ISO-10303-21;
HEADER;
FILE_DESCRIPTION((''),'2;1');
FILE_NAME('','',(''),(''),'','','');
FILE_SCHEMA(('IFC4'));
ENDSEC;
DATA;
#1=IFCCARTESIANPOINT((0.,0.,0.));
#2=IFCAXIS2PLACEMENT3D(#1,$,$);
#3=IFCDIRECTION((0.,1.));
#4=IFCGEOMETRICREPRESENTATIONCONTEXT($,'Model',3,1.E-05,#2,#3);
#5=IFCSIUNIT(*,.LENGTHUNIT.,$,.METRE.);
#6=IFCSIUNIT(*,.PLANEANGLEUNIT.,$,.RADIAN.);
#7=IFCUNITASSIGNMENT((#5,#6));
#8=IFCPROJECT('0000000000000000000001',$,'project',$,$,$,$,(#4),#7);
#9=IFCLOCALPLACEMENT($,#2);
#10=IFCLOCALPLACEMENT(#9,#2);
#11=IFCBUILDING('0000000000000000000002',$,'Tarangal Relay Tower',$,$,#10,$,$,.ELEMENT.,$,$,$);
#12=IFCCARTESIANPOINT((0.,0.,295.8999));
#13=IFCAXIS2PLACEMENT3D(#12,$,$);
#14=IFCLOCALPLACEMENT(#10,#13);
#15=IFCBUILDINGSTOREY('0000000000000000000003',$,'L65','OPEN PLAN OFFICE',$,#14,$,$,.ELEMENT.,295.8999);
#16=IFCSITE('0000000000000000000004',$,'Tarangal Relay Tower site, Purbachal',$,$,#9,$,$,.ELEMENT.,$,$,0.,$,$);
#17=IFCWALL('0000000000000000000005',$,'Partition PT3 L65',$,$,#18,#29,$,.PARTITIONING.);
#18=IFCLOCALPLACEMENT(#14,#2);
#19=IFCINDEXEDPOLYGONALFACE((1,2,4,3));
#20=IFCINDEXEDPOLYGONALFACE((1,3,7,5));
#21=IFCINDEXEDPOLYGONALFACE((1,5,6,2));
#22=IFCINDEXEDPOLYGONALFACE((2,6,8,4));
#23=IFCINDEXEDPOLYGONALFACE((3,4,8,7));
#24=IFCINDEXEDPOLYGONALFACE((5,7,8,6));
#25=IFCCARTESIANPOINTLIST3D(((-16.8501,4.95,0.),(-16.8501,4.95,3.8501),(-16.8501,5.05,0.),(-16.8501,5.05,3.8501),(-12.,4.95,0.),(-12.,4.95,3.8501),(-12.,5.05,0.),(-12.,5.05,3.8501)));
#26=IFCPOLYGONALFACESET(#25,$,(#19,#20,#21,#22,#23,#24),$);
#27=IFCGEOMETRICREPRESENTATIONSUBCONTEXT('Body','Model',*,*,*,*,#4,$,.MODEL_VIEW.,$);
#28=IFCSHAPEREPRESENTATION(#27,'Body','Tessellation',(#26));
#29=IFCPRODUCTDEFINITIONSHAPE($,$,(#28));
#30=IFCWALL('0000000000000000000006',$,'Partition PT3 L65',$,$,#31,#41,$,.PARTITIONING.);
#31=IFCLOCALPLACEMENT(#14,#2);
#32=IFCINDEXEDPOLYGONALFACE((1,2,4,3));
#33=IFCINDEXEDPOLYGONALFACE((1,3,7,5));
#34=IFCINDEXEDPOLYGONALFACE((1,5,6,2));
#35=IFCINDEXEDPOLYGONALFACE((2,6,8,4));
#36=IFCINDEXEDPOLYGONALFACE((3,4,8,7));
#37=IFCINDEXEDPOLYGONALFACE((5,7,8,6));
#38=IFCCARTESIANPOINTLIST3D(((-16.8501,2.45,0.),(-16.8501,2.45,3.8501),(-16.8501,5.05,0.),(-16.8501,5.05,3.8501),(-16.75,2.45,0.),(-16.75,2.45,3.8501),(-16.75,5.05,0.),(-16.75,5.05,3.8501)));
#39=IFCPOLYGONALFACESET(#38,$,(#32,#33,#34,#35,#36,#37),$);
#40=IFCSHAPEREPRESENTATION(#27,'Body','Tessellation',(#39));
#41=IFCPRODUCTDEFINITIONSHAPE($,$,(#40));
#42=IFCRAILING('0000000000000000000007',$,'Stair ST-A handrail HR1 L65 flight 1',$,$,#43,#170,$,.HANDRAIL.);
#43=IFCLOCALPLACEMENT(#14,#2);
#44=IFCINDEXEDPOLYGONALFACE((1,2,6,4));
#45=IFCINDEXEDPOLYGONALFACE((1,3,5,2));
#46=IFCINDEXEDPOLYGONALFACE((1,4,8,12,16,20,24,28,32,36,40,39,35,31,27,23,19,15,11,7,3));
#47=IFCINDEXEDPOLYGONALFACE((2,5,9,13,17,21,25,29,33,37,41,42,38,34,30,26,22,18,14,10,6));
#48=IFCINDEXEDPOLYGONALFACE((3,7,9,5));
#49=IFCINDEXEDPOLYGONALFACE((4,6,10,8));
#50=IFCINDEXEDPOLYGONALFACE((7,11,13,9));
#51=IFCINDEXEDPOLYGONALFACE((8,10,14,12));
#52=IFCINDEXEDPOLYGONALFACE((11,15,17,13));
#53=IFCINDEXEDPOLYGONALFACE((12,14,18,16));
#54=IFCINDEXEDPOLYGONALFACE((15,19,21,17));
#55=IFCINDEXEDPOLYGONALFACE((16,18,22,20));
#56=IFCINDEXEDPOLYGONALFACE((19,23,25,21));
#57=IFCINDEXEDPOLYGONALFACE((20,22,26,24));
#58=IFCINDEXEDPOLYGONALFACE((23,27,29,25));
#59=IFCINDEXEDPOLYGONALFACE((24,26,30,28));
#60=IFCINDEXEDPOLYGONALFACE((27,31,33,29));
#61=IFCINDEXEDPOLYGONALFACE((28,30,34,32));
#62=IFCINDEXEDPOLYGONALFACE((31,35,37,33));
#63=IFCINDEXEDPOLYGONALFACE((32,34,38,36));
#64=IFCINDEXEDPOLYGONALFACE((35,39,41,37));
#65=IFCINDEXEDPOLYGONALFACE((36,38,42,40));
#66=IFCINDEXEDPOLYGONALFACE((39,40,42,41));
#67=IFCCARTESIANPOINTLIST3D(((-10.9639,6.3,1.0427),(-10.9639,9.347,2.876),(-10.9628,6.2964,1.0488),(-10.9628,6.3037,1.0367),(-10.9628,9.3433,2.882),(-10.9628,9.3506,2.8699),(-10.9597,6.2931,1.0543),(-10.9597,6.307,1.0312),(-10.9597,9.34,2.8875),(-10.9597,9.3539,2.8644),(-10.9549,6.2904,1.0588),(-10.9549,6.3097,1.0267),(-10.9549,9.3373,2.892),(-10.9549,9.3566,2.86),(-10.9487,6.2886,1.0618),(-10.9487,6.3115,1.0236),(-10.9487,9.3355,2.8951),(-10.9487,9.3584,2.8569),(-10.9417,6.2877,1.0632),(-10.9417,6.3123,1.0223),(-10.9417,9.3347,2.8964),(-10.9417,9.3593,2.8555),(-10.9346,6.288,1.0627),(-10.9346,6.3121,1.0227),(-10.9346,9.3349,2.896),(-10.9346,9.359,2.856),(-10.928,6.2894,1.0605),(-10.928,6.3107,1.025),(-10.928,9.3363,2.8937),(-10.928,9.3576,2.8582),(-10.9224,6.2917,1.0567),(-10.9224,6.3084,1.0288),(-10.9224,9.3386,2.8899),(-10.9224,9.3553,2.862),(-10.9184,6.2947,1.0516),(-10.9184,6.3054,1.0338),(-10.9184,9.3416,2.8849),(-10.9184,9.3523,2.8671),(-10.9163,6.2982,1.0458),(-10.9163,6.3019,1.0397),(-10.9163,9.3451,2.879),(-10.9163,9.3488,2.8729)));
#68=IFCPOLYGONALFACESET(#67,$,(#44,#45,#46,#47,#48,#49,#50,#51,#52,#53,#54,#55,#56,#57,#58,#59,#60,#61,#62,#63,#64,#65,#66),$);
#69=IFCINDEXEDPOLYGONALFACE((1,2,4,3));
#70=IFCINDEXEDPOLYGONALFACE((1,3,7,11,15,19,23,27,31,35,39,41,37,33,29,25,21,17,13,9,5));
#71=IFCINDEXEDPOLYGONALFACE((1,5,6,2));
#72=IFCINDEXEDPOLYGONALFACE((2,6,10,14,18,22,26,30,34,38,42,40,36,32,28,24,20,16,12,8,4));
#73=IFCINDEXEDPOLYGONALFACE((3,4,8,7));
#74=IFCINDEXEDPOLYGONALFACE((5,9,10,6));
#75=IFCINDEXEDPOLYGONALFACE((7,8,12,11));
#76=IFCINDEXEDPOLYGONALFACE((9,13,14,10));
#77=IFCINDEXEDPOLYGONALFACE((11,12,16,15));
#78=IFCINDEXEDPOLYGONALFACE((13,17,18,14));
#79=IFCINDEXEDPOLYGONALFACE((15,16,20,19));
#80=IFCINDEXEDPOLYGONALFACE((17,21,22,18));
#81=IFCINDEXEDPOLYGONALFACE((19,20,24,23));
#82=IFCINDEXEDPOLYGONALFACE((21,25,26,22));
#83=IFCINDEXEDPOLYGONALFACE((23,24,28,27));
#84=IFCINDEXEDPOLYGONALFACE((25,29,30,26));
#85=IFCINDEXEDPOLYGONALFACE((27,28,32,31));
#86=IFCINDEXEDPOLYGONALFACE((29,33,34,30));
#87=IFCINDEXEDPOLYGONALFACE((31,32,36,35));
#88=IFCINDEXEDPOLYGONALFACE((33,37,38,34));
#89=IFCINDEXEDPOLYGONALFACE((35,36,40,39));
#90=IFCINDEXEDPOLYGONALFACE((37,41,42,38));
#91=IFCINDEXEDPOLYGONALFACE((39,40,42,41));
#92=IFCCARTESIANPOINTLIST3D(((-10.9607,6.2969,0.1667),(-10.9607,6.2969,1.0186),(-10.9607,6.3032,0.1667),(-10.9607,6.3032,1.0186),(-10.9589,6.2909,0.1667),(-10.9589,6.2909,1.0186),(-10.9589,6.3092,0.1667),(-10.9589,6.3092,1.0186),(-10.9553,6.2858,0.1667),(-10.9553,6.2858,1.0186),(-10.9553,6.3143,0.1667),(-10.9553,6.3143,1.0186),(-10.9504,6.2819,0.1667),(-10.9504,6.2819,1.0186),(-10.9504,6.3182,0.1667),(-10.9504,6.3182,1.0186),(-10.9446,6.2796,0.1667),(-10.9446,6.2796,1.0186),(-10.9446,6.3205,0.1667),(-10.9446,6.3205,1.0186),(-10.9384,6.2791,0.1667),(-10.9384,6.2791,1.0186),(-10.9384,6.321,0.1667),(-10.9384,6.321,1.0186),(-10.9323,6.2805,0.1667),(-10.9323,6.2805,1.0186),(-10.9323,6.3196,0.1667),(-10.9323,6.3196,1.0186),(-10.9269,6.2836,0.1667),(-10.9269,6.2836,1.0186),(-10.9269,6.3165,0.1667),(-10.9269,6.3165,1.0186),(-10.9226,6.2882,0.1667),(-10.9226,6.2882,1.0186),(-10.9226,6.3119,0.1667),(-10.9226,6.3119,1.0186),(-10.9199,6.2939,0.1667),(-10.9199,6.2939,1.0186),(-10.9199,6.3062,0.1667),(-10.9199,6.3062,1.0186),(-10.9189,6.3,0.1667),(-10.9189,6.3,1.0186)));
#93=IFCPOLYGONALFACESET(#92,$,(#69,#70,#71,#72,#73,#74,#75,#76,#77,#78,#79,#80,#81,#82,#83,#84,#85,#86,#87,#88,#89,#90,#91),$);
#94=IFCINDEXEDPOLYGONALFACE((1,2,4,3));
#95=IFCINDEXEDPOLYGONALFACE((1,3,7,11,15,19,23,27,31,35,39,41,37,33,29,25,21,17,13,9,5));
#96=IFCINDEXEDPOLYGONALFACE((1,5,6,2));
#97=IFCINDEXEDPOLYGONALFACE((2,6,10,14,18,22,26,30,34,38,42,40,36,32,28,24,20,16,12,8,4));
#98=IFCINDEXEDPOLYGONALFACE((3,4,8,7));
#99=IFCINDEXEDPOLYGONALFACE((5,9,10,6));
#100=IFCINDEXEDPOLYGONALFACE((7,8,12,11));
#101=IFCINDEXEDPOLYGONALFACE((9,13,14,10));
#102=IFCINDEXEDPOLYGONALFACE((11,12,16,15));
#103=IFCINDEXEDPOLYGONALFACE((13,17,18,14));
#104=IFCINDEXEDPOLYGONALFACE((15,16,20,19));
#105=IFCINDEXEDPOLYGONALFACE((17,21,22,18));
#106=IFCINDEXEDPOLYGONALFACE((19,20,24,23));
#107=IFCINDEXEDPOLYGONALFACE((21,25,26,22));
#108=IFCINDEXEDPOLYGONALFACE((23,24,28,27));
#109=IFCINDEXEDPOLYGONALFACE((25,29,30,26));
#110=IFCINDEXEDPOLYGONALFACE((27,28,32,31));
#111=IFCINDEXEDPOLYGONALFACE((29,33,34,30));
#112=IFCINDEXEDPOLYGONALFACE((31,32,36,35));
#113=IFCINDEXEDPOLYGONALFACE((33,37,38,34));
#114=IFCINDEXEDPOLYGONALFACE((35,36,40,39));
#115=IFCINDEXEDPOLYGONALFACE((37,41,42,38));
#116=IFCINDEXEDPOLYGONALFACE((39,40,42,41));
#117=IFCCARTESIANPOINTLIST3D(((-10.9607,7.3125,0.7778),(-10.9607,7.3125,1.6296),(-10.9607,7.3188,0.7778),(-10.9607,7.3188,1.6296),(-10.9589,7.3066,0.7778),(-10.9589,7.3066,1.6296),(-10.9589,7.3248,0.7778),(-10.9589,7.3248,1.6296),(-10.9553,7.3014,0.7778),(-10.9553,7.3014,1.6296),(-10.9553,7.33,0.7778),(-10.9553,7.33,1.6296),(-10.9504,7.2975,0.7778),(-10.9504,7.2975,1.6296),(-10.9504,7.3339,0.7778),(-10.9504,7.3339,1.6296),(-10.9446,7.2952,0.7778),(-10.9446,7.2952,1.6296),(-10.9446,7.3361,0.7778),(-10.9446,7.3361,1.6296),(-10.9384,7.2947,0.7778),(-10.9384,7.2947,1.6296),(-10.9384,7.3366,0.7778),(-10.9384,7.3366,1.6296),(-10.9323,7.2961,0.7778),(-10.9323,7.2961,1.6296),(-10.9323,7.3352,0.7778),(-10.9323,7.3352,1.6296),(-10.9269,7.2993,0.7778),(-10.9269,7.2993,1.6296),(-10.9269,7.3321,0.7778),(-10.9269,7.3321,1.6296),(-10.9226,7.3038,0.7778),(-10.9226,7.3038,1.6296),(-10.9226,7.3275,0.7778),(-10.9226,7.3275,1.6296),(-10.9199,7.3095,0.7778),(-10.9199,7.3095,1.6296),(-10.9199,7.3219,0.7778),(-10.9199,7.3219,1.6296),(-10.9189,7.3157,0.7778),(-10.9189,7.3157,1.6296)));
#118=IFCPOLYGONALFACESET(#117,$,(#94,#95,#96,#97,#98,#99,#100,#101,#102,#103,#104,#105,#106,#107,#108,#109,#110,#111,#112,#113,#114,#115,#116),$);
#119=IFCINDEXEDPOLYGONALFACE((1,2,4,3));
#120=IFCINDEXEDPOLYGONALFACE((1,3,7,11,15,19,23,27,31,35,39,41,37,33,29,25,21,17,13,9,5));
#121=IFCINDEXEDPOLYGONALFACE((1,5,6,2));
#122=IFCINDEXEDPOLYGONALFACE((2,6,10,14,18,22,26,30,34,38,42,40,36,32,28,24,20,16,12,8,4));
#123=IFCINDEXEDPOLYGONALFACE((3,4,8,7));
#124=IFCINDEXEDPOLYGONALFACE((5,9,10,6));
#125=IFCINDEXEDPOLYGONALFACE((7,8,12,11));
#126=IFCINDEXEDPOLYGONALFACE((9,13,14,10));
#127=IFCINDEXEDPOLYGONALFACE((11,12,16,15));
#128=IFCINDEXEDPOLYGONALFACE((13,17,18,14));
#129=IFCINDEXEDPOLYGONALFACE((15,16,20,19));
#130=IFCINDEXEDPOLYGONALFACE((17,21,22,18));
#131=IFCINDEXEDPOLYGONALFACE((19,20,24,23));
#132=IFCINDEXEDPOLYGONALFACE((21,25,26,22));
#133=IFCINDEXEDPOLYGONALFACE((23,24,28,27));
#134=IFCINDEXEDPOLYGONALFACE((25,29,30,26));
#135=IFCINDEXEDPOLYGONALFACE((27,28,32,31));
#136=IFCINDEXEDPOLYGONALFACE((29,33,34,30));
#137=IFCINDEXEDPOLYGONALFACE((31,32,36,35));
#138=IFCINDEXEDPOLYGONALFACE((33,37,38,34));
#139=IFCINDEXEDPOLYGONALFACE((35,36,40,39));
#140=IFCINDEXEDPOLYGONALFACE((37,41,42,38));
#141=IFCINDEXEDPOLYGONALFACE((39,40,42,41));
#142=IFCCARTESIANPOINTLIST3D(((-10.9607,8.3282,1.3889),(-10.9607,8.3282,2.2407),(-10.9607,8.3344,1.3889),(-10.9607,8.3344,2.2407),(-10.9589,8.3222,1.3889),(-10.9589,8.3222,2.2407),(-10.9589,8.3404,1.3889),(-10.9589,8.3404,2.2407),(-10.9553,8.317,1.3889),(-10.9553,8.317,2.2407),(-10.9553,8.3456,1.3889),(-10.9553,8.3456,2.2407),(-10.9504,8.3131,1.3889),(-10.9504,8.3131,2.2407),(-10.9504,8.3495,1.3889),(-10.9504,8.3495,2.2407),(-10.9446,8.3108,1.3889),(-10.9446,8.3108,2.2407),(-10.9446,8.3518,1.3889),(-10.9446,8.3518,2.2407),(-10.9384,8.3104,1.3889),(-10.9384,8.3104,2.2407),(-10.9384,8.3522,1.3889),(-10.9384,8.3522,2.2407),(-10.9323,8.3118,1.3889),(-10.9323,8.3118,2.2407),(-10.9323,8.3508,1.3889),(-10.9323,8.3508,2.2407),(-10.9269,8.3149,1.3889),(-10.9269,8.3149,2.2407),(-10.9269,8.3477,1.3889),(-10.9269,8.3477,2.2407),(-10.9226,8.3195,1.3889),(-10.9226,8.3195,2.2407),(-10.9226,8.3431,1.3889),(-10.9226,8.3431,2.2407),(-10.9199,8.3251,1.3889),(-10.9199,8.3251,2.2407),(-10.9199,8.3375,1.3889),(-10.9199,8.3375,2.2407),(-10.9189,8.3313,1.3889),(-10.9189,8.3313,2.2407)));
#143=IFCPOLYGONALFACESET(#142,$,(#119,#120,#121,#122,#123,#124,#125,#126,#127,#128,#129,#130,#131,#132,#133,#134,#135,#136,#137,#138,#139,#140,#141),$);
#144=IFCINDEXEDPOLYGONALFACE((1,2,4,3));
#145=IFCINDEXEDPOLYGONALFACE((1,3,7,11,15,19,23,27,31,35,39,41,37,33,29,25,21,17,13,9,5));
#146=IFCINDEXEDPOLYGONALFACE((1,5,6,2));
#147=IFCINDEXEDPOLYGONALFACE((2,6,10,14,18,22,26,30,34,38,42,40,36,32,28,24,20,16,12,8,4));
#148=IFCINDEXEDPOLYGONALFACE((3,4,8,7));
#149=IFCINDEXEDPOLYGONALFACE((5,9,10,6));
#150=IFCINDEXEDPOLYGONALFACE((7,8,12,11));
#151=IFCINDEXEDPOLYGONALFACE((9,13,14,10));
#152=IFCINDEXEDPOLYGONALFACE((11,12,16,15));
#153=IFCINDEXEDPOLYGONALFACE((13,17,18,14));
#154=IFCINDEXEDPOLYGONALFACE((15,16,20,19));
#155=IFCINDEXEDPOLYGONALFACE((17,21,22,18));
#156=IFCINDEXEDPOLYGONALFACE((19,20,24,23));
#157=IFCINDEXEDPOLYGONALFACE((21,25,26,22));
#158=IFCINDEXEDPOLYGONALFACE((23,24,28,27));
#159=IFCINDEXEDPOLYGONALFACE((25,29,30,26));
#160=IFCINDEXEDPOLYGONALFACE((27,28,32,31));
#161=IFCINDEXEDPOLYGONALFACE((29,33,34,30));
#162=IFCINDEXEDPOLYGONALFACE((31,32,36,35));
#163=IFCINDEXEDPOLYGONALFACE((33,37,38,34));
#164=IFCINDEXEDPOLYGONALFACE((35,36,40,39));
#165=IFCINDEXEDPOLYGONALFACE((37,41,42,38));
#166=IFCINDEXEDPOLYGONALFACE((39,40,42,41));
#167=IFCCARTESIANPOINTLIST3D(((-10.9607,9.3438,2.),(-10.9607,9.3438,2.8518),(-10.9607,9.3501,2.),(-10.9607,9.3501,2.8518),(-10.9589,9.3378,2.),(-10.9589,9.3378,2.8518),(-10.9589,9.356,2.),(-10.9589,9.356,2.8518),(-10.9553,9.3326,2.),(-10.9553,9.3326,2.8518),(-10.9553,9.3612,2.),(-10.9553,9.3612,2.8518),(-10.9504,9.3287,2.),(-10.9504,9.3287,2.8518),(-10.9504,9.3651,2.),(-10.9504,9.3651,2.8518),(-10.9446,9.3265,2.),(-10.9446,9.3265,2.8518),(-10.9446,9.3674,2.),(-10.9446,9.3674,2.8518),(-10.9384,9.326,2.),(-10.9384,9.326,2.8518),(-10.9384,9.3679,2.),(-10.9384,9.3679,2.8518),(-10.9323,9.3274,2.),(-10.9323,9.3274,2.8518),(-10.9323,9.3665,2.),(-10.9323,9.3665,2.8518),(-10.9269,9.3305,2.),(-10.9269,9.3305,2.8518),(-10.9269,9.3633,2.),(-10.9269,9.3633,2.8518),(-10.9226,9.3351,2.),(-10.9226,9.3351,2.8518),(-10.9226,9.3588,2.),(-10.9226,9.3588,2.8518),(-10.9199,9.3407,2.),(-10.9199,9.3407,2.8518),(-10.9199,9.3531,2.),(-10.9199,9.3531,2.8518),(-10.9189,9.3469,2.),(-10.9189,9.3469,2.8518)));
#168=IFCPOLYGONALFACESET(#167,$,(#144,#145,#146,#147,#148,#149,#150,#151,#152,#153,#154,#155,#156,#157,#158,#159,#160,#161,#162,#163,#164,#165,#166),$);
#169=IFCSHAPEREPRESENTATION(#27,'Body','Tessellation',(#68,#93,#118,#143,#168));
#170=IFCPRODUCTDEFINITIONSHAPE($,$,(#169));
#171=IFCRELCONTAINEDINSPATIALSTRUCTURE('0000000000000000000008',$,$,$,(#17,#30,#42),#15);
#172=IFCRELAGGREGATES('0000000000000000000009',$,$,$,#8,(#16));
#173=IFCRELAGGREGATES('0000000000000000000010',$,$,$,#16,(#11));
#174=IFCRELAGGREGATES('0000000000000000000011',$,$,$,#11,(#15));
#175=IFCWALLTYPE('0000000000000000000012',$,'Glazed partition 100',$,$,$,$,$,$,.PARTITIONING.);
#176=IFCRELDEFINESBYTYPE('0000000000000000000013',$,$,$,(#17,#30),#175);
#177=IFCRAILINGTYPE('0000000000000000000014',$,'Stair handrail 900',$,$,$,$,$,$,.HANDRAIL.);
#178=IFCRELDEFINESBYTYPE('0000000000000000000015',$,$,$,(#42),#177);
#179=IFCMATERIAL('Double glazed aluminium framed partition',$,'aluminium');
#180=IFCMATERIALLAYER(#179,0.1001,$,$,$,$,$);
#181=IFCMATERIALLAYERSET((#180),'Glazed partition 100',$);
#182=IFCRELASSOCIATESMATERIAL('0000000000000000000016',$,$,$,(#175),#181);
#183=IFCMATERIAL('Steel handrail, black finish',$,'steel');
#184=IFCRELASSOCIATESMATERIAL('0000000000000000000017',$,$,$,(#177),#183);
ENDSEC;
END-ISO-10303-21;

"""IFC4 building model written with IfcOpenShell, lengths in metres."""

from ifc_helpers import new_model, si_unit, direction, frame, frame_2d, origin, origin_2d, place, context, subcontext, project, spatial, rectangle, circle, extrude, material, layer, layer_set, type_object, element, save


model = new_model("IFC4")

# Units and contexts
model_context = context("Model", 3, precision=1e-05, world=origin(), true_north=direction((0.0, 1.0)))
body_context = subcontext(model_context, "Body", "Model", "MODEL_VIEW")
ifc_project = project(units=[si_unit("LENGTHUNIT", "METRE"), si_unit("PLANEANGLEUNIT", "RADIAN")], contexts=[model_context])

# Site, building, storey
site_placement = place(None, origin())
site = spatial("IfcSite", under=ifc_project, at=site_placement, Name="Tarangal Relay Tower site, Purbachal", CompositionType="ELEMENT", RefElevation=0.0)
building_placement = place(site_placement, origin())
building = spatial("IfcBuilding", under=site, at=building_placement, Name="Tarangal Relay Tower", CompositionType="ELEMENT")
storey_placement = place(building_placement, frame((0.0, 0.0, 295.8999)))
storey = spatial("IfcBuildingStorey", under=building, at=storey_placement, Name="L65", Description="OPEN PLAN OFFICE", CompositionType="ELEMENT", Elevation=295.8999)

# Shared definitions
ifc_material_1 = material(Name="Double glazed aluminium framed partition", Category="aluminium")
ifc_layer_1 = layer(ifc_material_1, 0.1001)
ifc_layer_set_1 = layer_set([ifc_layer_1], Name="Glazed partition 100")
wall_type_1 = type_object("IfcWallType", Name="Glazed partition 100", PredefinedType="PARTITIONING", material=ifc_layer_set_1)

# Walls
wall_1_placement = place(storey_placement, frame((-16.8501, 5.0, 0.0), z_axis=(0.0, 0.0, 1.0), x_axis=(1.0, 0.0, 0.0)))
element("IfcWall", 1, at=wall_1_placement, inside=storey, type_object=wall_type_1, Name="Partition PT3 L65", PredefinedType="PARTITIONING", context=body_context, shape_type="SweptSolid", body=[
    extrude(rectangle(XDim=4.8501, YDim=0.1001, at=frame_2d((2.425, 0.0))), origin(), (0.0, 0.0, 1.0), 3.8501),
])
wall_2_placement = place(storey_placement, frame((-16.8, 2.45, 0.0), z_axis=(0.0, 0.0, 1.0), x_axis=(0.0, 1.0, 0.0)))
element("IfcWall", 2, at=wall_2_placement, inside=storey, type_object=wall_type_1, Name="Partition PT3 L65", PredefinedType="PARTITIONING", context=body_context, shape_type="SweptSolid", body=[
    extrude(rectangle(XDim=2.6001, YDim=0.1001, at=frame_2d((1.3, 0.0))), origin(), (0.0, 0.0, 1.0), 3.8501),
])

# Railing
ifc_material_2 = material(Name="Steel handrail, black finish", Category="steel")
railing_type = type_object("IfcRailingType", Name="Stair handrail 900", PredefinedType="HANDRAIL", material=ifc_material_2)
railing_placement = place(storey_placement, frame((-10.9399, 6.3, 0.1667)))
element("IfcRailing", 3, at=railing_placement, inside=storey, type_object=railing_type, Name="Stair ST-A handrail HR1 L65 flight 1", PredefinedType="HANDRAIL", context=body_context, shape_type="SweptSolid", body=[
    extrude(circle(Radius=0.0239, at=origin_2d()), frame((0.0, 0.0, 0.876), z_axis=(0.0, 0.856856, 0.515556), x_axis=(-1.0, 0.0, 0.0)), (0.0, 0.0, 1.0), 3.5559),
    extrude(circle(Radius=0.021, at=origin_2d()), origin(), (0.0, 0.0, 1.0), 0.8518),
    extrude(circle(Radius=0.021, at=origin_2d()), frame((0.0, 1.0156, 0.6111)), (0.0, 0.0, 1.0), 0.8518),
    extrude(circle(Radius=0.021, at=origin_2d()), frame((0.0, 2.0312, 1.2222)), (0.0, 0.0, 1.0), 0.8518),
    extrude(circle(Radius=0.021, at=origin_2d()), frame((0.0, 3.0469, 1.8333)), (0.0, 0.0, 1.0), 0.8518),
])

save(model, "model.ifc")
